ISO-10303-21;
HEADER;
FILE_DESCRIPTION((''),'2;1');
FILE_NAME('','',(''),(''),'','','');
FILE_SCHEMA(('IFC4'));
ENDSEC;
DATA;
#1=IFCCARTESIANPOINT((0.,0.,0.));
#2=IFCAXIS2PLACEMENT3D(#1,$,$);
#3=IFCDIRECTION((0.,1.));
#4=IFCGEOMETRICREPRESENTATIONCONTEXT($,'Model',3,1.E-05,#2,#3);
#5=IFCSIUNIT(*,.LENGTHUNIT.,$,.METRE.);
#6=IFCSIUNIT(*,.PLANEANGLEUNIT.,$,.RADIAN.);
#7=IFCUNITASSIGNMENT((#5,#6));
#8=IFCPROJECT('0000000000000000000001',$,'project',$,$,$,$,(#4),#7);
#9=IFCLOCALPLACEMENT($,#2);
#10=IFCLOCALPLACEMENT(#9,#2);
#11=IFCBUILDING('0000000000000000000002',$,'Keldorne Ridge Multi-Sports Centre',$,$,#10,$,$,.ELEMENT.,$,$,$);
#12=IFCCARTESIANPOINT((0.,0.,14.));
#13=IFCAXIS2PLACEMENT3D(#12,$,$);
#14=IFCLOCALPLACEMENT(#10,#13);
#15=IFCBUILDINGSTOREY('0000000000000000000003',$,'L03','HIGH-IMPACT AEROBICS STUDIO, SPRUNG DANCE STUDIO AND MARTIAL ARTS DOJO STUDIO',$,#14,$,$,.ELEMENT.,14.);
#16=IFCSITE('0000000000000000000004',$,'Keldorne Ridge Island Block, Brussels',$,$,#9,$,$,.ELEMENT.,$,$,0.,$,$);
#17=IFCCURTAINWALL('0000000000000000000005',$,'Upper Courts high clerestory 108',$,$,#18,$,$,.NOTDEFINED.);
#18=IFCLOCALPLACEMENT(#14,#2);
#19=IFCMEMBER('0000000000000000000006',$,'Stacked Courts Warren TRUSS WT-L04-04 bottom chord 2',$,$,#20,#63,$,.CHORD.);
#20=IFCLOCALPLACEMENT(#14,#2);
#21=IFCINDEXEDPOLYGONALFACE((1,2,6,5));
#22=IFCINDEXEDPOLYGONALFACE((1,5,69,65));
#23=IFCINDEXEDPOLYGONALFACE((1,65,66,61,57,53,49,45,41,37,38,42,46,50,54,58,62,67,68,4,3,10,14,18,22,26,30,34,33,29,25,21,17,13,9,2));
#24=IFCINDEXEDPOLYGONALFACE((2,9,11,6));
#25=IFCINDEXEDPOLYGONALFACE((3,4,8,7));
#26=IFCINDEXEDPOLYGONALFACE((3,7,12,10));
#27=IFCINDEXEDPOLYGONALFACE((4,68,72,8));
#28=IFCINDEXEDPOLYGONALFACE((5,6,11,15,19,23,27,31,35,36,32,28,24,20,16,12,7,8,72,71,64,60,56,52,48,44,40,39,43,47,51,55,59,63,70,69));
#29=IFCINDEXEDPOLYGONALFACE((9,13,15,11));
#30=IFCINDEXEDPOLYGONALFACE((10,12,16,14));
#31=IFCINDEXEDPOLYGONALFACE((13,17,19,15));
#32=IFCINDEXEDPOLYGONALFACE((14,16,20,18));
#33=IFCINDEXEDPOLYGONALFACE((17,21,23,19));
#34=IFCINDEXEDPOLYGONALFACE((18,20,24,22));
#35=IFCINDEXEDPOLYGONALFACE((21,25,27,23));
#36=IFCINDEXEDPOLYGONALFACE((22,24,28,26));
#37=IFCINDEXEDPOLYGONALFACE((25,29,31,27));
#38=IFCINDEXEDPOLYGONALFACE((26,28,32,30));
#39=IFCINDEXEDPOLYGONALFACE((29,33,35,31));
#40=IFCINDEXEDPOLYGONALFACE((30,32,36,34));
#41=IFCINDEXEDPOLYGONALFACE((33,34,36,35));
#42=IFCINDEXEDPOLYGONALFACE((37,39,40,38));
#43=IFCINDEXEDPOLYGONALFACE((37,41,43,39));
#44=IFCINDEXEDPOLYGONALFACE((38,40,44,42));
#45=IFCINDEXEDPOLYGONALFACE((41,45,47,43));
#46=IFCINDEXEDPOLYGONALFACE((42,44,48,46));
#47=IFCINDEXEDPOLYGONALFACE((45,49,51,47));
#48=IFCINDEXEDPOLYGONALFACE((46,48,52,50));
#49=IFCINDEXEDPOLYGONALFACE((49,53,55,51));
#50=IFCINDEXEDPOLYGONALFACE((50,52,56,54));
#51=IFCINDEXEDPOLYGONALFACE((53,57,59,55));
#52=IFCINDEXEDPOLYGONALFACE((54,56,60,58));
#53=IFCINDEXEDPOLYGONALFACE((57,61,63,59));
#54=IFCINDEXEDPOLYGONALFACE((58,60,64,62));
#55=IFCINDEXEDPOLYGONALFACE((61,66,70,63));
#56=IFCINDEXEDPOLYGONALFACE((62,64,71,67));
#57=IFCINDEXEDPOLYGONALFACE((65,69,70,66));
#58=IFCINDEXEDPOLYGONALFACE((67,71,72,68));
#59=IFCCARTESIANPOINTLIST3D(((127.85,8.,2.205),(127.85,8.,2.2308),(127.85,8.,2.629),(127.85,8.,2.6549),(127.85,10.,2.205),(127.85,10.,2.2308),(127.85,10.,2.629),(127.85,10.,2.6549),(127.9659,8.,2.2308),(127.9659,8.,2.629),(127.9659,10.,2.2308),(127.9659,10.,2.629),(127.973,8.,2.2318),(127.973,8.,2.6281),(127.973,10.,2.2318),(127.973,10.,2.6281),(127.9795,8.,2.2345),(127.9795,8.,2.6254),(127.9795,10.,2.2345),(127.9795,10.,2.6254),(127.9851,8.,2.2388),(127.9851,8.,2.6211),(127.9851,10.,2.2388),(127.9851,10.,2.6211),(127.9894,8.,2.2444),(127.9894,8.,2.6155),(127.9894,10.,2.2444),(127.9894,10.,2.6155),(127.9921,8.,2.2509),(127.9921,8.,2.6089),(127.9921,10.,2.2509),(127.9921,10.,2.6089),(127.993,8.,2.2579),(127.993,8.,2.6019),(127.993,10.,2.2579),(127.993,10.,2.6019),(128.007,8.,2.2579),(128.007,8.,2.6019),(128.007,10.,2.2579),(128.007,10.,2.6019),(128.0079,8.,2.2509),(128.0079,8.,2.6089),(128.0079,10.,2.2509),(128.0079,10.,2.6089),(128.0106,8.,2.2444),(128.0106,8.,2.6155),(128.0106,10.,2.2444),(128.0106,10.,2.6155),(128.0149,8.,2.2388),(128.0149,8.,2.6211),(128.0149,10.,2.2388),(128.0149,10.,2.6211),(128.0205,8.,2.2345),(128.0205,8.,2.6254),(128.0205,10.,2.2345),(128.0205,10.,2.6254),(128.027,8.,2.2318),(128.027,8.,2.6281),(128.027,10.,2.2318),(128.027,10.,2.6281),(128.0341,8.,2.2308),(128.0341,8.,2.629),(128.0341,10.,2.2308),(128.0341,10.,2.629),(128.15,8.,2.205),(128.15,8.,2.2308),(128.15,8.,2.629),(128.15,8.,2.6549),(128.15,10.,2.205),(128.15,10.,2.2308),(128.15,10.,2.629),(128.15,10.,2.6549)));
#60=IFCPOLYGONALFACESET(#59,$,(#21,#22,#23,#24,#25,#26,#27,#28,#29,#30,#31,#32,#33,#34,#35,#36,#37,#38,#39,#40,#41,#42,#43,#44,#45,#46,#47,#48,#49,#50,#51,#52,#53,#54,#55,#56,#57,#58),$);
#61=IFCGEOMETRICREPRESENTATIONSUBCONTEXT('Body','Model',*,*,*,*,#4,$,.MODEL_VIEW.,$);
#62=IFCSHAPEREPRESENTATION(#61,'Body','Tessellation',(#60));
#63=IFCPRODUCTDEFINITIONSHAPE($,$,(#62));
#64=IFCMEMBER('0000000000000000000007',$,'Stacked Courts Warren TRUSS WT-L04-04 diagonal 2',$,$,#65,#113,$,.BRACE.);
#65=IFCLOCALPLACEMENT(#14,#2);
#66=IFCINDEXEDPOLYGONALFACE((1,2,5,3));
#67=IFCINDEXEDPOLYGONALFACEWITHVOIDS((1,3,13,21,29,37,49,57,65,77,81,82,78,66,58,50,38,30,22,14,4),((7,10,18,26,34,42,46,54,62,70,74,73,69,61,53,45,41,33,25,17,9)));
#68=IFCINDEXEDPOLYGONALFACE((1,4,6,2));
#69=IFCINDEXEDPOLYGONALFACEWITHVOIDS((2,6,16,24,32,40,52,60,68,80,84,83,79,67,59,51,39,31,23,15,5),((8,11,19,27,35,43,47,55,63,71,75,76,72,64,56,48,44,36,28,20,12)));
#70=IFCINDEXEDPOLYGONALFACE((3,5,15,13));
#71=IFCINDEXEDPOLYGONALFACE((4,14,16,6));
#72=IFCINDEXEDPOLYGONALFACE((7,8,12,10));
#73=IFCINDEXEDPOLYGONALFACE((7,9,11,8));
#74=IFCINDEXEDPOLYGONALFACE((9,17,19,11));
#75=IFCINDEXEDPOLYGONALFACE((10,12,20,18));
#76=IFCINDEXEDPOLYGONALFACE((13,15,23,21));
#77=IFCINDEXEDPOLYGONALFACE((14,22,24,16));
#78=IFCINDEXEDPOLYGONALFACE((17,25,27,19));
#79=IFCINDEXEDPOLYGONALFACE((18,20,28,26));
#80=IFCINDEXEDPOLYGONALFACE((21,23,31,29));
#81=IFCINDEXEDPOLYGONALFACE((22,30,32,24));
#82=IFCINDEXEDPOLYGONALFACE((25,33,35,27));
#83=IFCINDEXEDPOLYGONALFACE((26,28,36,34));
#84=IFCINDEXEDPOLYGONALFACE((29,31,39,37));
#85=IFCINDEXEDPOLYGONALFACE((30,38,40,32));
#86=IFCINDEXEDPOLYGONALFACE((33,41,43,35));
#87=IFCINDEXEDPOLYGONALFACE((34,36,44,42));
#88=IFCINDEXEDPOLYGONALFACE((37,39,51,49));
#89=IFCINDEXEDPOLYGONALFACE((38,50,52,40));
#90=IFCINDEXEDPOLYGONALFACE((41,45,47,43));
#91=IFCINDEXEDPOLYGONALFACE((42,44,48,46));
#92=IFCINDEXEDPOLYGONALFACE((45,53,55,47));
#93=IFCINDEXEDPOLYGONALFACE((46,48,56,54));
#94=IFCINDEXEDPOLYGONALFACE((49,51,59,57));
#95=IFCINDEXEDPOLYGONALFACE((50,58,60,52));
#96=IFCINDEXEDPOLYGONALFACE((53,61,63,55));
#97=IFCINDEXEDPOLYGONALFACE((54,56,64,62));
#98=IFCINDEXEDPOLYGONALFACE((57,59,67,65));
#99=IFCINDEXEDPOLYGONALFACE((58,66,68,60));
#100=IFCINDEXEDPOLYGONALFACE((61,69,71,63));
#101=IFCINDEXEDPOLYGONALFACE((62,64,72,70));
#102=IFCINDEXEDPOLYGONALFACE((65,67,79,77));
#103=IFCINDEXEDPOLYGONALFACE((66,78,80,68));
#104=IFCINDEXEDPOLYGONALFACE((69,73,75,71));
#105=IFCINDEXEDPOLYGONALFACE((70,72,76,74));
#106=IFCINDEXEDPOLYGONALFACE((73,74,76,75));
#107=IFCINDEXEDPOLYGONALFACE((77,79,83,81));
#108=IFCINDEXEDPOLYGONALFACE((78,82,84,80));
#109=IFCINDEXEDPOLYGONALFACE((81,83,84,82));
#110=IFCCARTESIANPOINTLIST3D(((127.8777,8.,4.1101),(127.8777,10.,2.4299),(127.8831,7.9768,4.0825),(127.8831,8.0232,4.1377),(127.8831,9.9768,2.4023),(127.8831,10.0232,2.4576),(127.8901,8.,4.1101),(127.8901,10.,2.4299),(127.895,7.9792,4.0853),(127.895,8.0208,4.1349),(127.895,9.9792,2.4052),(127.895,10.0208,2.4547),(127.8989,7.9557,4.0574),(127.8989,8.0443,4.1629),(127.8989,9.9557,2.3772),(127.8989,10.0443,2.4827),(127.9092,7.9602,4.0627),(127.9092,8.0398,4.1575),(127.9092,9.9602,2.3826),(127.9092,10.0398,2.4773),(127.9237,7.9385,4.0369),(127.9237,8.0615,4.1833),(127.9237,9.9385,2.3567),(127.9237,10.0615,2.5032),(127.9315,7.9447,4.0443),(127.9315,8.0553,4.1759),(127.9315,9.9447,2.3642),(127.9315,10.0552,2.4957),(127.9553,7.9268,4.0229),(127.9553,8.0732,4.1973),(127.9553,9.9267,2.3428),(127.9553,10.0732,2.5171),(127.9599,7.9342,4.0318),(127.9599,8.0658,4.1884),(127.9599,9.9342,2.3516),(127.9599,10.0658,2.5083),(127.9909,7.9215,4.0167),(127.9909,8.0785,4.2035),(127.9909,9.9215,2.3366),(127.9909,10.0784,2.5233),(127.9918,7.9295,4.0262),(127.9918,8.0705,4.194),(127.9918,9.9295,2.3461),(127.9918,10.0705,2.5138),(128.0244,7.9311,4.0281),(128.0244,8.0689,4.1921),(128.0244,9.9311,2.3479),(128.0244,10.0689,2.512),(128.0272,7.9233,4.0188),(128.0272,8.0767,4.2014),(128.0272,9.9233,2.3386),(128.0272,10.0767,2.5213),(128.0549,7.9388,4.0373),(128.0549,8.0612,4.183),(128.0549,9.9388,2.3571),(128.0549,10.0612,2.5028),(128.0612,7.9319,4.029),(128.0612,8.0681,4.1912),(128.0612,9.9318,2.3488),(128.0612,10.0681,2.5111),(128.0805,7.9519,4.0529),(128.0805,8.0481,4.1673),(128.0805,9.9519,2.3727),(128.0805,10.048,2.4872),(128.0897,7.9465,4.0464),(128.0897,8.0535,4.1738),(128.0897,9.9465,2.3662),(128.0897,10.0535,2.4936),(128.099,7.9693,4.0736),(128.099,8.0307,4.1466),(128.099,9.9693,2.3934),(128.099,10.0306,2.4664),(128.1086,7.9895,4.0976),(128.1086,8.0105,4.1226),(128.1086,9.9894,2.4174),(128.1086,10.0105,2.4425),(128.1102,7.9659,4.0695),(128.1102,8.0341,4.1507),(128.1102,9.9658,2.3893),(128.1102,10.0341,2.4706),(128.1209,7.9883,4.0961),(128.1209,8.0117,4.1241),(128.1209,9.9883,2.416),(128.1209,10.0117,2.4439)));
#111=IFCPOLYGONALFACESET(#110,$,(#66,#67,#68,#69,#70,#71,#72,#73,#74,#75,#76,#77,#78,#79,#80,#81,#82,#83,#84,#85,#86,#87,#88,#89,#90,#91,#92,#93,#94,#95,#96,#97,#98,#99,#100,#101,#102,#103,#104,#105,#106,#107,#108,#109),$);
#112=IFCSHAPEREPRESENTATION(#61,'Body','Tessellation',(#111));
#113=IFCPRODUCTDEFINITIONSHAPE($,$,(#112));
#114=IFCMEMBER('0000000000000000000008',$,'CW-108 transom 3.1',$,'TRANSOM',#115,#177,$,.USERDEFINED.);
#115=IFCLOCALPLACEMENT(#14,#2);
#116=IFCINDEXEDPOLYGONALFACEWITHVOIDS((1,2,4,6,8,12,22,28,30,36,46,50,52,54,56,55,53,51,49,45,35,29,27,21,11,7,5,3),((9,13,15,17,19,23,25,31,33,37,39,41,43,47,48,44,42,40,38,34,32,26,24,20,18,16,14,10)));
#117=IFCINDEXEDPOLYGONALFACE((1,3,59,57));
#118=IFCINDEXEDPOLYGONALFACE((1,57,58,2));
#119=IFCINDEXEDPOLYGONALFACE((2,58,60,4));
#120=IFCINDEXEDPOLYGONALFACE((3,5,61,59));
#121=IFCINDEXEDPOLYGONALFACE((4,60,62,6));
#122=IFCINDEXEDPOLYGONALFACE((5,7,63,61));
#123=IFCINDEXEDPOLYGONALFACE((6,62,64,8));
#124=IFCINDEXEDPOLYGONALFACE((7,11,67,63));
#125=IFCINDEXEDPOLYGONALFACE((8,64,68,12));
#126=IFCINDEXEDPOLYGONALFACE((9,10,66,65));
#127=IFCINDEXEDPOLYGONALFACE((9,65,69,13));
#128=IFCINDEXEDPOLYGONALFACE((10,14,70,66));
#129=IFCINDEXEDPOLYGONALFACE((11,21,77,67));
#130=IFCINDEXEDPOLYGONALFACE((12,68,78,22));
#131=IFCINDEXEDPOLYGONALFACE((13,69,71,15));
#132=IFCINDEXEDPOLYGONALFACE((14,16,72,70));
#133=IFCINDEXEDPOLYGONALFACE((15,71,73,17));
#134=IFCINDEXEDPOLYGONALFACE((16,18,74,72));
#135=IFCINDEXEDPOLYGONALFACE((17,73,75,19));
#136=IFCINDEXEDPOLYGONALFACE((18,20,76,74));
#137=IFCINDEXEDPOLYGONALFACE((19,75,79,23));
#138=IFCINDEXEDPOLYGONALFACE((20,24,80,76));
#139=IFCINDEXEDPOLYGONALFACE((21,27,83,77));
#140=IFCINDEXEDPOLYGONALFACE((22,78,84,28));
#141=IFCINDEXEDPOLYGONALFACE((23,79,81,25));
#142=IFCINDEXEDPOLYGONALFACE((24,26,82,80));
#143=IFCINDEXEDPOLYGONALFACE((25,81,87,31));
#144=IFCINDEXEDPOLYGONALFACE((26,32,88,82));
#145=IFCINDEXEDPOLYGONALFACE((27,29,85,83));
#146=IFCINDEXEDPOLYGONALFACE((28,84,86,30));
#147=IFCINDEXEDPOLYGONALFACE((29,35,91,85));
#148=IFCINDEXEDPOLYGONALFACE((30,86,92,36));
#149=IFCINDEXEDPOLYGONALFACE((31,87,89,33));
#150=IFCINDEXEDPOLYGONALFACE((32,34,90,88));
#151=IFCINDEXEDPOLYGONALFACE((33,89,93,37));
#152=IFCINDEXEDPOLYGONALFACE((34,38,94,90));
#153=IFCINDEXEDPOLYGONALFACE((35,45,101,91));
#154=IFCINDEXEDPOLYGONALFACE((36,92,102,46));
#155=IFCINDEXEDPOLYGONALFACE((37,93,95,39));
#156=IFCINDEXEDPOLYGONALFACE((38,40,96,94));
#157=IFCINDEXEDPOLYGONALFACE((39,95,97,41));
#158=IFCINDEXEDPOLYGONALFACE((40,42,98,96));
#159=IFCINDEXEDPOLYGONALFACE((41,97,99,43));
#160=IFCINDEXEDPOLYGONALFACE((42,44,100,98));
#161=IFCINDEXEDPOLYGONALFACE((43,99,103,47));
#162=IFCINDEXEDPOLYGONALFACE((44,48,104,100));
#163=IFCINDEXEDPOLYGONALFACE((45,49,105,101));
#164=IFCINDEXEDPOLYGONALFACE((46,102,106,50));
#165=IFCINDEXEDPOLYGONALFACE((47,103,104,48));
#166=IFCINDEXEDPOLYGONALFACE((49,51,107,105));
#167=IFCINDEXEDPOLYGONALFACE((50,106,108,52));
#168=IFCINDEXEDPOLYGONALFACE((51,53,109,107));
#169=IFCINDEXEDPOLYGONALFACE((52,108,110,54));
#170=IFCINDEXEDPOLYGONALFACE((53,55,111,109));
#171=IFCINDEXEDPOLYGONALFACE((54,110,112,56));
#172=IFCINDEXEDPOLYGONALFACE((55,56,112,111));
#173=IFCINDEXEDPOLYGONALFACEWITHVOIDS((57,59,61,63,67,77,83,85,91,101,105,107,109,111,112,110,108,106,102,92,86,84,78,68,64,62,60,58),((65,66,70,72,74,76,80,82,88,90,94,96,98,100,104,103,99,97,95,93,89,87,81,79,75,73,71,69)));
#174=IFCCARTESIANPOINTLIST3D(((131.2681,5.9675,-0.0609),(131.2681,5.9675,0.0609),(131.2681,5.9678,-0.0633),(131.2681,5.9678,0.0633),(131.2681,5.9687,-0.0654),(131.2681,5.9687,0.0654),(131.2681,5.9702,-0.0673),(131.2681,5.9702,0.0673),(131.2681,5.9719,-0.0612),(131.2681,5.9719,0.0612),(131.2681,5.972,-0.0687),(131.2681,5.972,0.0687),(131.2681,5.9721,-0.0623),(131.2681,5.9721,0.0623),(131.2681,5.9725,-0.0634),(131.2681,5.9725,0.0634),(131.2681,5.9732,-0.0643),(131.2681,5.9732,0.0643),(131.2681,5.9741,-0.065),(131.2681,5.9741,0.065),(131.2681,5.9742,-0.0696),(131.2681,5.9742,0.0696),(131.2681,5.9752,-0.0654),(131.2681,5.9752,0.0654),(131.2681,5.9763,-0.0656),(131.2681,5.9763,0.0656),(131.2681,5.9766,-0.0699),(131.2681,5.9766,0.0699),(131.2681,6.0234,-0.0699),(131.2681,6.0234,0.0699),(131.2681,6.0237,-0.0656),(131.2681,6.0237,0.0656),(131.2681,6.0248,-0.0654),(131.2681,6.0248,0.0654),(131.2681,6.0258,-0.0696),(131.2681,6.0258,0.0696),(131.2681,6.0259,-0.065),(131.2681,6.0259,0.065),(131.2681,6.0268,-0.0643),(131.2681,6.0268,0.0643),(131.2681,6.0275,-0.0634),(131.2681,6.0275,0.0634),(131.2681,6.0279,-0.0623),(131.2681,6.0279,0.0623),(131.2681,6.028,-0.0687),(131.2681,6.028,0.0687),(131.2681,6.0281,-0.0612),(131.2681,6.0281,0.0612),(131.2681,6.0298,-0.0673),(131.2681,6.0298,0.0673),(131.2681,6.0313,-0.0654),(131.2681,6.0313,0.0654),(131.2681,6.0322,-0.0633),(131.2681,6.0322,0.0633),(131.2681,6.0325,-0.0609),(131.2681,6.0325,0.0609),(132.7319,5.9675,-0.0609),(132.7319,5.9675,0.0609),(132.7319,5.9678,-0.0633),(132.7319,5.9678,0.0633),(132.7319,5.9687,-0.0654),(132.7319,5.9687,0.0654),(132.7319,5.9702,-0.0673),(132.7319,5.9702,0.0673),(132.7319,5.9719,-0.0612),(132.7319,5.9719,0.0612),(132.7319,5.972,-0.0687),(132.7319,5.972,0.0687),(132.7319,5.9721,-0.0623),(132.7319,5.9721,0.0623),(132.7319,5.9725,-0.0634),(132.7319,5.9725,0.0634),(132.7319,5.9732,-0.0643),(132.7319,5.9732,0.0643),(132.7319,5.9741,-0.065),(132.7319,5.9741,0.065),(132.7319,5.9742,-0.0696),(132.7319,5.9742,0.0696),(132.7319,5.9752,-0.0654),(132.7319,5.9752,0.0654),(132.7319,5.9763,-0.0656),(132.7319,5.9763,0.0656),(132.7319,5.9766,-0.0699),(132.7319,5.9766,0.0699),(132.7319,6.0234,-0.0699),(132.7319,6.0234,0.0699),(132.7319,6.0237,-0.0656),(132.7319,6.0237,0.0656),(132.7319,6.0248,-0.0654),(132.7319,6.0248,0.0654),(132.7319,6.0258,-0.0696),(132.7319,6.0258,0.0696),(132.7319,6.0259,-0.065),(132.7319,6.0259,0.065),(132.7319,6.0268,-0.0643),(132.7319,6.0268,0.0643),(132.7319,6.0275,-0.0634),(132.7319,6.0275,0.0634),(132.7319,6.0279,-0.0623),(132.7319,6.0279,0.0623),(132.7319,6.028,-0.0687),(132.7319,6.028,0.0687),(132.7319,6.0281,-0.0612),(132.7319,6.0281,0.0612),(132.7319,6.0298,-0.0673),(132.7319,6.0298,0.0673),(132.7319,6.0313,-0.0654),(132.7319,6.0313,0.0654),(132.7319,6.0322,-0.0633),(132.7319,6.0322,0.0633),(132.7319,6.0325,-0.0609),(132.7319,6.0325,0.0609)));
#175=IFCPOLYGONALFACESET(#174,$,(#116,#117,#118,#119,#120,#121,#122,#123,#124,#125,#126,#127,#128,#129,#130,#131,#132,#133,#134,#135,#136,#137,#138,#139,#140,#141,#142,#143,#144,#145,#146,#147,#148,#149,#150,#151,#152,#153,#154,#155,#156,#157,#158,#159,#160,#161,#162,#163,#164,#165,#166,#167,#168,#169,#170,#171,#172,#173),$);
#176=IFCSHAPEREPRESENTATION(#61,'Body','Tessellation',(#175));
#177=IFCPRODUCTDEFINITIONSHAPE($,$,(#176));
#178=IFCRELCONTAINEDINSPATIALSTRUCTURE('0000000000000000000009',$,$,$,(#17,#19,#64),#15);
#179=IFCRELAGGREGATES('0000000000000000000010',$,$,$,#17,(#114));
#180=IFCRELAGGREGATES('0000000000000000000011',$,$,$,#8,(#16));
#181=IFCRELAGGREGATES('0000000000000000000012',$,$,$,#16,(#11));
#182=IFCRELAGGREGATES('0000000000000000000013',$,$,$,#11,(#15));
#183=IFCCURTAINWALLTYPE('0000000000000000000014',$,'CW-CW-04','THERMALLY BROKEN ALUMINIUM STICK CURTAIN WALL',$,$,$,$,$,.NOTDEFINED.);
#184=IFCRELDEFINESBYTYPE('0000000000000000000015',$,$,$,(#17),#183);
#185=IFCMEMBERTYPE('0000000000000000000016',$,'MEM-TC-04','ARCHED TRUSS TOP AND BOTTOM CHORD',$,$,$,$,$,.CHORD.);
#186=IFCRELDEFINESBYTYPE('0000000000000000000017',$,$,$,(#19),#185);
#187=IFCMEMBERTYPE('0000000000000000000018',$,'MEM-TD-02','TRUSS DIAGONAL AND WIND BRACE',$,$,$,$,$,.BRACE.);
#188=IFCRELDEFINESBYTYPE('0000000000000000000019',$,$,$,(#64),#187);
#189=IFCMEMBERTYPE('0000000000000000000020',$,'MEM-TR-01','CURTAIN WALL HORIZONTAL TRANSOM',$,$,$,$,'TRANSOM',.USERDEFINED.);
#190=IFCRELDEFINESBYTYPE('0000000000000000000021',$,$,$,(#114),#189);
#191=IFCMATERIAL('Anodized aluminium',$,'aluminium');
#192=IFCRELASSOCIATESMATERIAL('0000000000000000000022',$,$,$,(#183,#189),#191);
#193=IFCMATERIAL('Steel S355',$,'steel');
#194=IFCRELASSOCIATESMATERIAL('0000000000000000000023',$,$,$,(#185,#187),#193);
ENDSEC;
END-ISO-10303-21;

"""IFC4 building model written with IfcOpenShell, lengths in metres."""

from ifc_helpers import new_model, si_unit, direction, frame, origin, origin_2d, place, context, subcontext, project, spatial, hollow_rectangle, hollow_circle, i_section, extrude, material, material_profile, profile_set, type_object, element, aggregate, save


model = new_model("IFC4")

# Units and contexts
model_context = context("Model", 3, precision=1e-05, world=origin(), true_north=direction((0.0, 1.0)))
body_context = subcontext(model_context, "Body", "Model", "MODEL_VIEW")
ifc_project = project(units=[si_unit("LENGTHUNIT", "METRE"), si_unit("PLANEANGLEUNIT", "RADIAN")], contexts=[model_context])

# Site, building, storey
site_placement = place(None, origin())
site = spatial("IfcSite", under=ifc_project, at=site_placement, Name="Keldorne Ridge Island Block, Brussels", CompositionType="ELEMENT", RefElevation=0.0)
building_placement = place(site_placement, origin())
building = spatial("IfcBuilding", under=site, at=building_placement, Name="Keldorne Ridge Multi-Sports Centre", CompositionType="ELEMENT")
storey_placement = place(building_placement, frame((0.0, 0.0, 14.0)))
storey = spatial("IfcBuildingStorey", under=building, at=storey_placement, Name="L03", Description="HIGH-IMPACT AEROBICS STUDIO, SPRUNG DANCE STUDIO AND MARTIAL ARTS DOJO STUDIO", CompositionType="ELEMENT", Elevation=14.0)

# Curtain wall
ifc_material_1 = material(Name="Anodized aluminium", Category="aluminium")
curtain_wall_type = type_object("IfcCurtainWallType", Name="CW-CW-04", Description="THERMALLY BROKEN ALUMINIUM STICK CURTAIN WALL", PredefinedType="NOTDEFINED", material=ifc_material_1)
curtain_wall_placement = place(storey_placement, origin())
curtain_wall = element("IfcCurtainWall", 1, at=curtain_wall_placement, inside=storey, type_object=curtain_wall_type, Name="Upper Courts high clerestory 108", PredefinedType="NOTDEFINED")

# Members
ifc_material_2 = material(Name="Steel S355", Category="steel")
ifc_material_profile_1 = material_profile(ifc_material_2, i_section(OverallWidth=0.3, OverallDepth=0.45, WebThickness=0.0139, FlangeThickness=0.0259, FilletRadius=0.0271, at=origin_2d()), Name="HEB 450")
ifc_profile_set_1 = profile_set([ifc_material_profile_1], Name="Steel S355")
member_type_1 = type_object("IfcMemberType", Name="MEM-TC-04", Description="ARCHED TRUSS TOP AND BOTTOM CHORD", PredefinedType="CHORD", material=ifc_profile_set_1)
member_1_placement = place(storey_placement, frame((128.0, 8.0, 2.4299), z_axis=(0.0, 1.0, 0.0), x_axis=(-1.0, 0.0, 0.0)))
element("IfcMember", 2, at=member_1_placement, inside=storey, type_object=member_type_1, Name="Stacked Courts Warren TRUSS WT-L04-04 bottom chord 2", PredefinedType="CHORD", context=body_context, shape_type="SweptSolid", body=[
    extrude(i_section(OverallWidth=0.3, OverallDepth=0.45, WebThickness=0.0139, FlangeThickness=0.0259, FilletRadius=0.0271, at=origin_2d()), origin(), (0.0, 0.0, 1.0), 2.0),
])
ifc_material_profile_2 = material_profile(ifc_material_2, hollow_circle(Radius=0.1223, WallThickness=0.0125, at=origin_2d()), Name="CHS 244.5x12.5")
ifc_profile_set_2 = profile_set([ifc_material_profile_2], Name="Steel S355")
member_type_2 = type_object("IfcMemberType", Name="MEM-TD-02", Description="TRUSS DIAGONAL AND WIND BRACE", PredefinedType="BRACE", material=ifc_profile_set_2)
member_2_placement = place(storey_placement, frame((128.0, 8.0, 4.1101), z_axis=(0.0, 0.765672, -0.643232), x_axis=(-1.0, 0.0, 0.0)))
element("IfcMember", 3, at=member_2_placement, inside=storey, type_object=member_type_2, Name="Stacked Courts Warren TRUSS WT-L04-04 diagonal 2", PredefinedType="BRACE", context=body_context, shape_type="SweptSolid", body=[
    extrude(hollow_circle(Radius=0.1223, WallThickness=0.0125, at=origin_2d()), origin(), (0.0, 0.0, 1.0), 2.6121),
])

# Member
ifc_material_profile_3 = material_profile(ifc_material_1, hollow_rectangle(XDim=0.0649, YDim=0.1399, WallThickness=0.0044, InnerFilletRadius=0.0044, OuterFilletRadius=0.009, at=origin_2d()), Name="ALU TRANSOM 140x65x4.5")
ifc_profile_set_3 = profile_set([ifc_material_profile_3], Name="Anodized aluminium")
member_type_3 = type_object("IfcMemberType", Name="MEM-TR-01", Description="CURTAIN WALL HORIZONTAL TRANSOM", ElementType="TRANSOM", PredefinedType="USERDEFINED", material=ifc_profile_set_3)
member_3_placement = place(storey_placement, frame((131.2681, 6.0, 0.0), z_axis=(1.0, 0.0, 0.0), x_axis=(0.0, 1.0, 0.0)))
member_3 = element("IfcMember", 4, at=member_3_placement, type_object=member_type_3, Name="CW-108 transom 3.1", ObjectType="TRANSOM", PredefinedType="USERDEFINED", context=body_context, shape_type="SweptSolid", body=[
    extrude(hollow_rectangle(XDim=0.0649, YDim=0.1399, WallThickness=0.0044, InnerFilletRadius=0.0044, OuterFilletRadius=0.009, at=origin_2d()), origin(), (0.0, 0.0, 1.0), 1.4639),
])

aggregate(curtain_wall, [member_3])

save(model, "model.ifc")
